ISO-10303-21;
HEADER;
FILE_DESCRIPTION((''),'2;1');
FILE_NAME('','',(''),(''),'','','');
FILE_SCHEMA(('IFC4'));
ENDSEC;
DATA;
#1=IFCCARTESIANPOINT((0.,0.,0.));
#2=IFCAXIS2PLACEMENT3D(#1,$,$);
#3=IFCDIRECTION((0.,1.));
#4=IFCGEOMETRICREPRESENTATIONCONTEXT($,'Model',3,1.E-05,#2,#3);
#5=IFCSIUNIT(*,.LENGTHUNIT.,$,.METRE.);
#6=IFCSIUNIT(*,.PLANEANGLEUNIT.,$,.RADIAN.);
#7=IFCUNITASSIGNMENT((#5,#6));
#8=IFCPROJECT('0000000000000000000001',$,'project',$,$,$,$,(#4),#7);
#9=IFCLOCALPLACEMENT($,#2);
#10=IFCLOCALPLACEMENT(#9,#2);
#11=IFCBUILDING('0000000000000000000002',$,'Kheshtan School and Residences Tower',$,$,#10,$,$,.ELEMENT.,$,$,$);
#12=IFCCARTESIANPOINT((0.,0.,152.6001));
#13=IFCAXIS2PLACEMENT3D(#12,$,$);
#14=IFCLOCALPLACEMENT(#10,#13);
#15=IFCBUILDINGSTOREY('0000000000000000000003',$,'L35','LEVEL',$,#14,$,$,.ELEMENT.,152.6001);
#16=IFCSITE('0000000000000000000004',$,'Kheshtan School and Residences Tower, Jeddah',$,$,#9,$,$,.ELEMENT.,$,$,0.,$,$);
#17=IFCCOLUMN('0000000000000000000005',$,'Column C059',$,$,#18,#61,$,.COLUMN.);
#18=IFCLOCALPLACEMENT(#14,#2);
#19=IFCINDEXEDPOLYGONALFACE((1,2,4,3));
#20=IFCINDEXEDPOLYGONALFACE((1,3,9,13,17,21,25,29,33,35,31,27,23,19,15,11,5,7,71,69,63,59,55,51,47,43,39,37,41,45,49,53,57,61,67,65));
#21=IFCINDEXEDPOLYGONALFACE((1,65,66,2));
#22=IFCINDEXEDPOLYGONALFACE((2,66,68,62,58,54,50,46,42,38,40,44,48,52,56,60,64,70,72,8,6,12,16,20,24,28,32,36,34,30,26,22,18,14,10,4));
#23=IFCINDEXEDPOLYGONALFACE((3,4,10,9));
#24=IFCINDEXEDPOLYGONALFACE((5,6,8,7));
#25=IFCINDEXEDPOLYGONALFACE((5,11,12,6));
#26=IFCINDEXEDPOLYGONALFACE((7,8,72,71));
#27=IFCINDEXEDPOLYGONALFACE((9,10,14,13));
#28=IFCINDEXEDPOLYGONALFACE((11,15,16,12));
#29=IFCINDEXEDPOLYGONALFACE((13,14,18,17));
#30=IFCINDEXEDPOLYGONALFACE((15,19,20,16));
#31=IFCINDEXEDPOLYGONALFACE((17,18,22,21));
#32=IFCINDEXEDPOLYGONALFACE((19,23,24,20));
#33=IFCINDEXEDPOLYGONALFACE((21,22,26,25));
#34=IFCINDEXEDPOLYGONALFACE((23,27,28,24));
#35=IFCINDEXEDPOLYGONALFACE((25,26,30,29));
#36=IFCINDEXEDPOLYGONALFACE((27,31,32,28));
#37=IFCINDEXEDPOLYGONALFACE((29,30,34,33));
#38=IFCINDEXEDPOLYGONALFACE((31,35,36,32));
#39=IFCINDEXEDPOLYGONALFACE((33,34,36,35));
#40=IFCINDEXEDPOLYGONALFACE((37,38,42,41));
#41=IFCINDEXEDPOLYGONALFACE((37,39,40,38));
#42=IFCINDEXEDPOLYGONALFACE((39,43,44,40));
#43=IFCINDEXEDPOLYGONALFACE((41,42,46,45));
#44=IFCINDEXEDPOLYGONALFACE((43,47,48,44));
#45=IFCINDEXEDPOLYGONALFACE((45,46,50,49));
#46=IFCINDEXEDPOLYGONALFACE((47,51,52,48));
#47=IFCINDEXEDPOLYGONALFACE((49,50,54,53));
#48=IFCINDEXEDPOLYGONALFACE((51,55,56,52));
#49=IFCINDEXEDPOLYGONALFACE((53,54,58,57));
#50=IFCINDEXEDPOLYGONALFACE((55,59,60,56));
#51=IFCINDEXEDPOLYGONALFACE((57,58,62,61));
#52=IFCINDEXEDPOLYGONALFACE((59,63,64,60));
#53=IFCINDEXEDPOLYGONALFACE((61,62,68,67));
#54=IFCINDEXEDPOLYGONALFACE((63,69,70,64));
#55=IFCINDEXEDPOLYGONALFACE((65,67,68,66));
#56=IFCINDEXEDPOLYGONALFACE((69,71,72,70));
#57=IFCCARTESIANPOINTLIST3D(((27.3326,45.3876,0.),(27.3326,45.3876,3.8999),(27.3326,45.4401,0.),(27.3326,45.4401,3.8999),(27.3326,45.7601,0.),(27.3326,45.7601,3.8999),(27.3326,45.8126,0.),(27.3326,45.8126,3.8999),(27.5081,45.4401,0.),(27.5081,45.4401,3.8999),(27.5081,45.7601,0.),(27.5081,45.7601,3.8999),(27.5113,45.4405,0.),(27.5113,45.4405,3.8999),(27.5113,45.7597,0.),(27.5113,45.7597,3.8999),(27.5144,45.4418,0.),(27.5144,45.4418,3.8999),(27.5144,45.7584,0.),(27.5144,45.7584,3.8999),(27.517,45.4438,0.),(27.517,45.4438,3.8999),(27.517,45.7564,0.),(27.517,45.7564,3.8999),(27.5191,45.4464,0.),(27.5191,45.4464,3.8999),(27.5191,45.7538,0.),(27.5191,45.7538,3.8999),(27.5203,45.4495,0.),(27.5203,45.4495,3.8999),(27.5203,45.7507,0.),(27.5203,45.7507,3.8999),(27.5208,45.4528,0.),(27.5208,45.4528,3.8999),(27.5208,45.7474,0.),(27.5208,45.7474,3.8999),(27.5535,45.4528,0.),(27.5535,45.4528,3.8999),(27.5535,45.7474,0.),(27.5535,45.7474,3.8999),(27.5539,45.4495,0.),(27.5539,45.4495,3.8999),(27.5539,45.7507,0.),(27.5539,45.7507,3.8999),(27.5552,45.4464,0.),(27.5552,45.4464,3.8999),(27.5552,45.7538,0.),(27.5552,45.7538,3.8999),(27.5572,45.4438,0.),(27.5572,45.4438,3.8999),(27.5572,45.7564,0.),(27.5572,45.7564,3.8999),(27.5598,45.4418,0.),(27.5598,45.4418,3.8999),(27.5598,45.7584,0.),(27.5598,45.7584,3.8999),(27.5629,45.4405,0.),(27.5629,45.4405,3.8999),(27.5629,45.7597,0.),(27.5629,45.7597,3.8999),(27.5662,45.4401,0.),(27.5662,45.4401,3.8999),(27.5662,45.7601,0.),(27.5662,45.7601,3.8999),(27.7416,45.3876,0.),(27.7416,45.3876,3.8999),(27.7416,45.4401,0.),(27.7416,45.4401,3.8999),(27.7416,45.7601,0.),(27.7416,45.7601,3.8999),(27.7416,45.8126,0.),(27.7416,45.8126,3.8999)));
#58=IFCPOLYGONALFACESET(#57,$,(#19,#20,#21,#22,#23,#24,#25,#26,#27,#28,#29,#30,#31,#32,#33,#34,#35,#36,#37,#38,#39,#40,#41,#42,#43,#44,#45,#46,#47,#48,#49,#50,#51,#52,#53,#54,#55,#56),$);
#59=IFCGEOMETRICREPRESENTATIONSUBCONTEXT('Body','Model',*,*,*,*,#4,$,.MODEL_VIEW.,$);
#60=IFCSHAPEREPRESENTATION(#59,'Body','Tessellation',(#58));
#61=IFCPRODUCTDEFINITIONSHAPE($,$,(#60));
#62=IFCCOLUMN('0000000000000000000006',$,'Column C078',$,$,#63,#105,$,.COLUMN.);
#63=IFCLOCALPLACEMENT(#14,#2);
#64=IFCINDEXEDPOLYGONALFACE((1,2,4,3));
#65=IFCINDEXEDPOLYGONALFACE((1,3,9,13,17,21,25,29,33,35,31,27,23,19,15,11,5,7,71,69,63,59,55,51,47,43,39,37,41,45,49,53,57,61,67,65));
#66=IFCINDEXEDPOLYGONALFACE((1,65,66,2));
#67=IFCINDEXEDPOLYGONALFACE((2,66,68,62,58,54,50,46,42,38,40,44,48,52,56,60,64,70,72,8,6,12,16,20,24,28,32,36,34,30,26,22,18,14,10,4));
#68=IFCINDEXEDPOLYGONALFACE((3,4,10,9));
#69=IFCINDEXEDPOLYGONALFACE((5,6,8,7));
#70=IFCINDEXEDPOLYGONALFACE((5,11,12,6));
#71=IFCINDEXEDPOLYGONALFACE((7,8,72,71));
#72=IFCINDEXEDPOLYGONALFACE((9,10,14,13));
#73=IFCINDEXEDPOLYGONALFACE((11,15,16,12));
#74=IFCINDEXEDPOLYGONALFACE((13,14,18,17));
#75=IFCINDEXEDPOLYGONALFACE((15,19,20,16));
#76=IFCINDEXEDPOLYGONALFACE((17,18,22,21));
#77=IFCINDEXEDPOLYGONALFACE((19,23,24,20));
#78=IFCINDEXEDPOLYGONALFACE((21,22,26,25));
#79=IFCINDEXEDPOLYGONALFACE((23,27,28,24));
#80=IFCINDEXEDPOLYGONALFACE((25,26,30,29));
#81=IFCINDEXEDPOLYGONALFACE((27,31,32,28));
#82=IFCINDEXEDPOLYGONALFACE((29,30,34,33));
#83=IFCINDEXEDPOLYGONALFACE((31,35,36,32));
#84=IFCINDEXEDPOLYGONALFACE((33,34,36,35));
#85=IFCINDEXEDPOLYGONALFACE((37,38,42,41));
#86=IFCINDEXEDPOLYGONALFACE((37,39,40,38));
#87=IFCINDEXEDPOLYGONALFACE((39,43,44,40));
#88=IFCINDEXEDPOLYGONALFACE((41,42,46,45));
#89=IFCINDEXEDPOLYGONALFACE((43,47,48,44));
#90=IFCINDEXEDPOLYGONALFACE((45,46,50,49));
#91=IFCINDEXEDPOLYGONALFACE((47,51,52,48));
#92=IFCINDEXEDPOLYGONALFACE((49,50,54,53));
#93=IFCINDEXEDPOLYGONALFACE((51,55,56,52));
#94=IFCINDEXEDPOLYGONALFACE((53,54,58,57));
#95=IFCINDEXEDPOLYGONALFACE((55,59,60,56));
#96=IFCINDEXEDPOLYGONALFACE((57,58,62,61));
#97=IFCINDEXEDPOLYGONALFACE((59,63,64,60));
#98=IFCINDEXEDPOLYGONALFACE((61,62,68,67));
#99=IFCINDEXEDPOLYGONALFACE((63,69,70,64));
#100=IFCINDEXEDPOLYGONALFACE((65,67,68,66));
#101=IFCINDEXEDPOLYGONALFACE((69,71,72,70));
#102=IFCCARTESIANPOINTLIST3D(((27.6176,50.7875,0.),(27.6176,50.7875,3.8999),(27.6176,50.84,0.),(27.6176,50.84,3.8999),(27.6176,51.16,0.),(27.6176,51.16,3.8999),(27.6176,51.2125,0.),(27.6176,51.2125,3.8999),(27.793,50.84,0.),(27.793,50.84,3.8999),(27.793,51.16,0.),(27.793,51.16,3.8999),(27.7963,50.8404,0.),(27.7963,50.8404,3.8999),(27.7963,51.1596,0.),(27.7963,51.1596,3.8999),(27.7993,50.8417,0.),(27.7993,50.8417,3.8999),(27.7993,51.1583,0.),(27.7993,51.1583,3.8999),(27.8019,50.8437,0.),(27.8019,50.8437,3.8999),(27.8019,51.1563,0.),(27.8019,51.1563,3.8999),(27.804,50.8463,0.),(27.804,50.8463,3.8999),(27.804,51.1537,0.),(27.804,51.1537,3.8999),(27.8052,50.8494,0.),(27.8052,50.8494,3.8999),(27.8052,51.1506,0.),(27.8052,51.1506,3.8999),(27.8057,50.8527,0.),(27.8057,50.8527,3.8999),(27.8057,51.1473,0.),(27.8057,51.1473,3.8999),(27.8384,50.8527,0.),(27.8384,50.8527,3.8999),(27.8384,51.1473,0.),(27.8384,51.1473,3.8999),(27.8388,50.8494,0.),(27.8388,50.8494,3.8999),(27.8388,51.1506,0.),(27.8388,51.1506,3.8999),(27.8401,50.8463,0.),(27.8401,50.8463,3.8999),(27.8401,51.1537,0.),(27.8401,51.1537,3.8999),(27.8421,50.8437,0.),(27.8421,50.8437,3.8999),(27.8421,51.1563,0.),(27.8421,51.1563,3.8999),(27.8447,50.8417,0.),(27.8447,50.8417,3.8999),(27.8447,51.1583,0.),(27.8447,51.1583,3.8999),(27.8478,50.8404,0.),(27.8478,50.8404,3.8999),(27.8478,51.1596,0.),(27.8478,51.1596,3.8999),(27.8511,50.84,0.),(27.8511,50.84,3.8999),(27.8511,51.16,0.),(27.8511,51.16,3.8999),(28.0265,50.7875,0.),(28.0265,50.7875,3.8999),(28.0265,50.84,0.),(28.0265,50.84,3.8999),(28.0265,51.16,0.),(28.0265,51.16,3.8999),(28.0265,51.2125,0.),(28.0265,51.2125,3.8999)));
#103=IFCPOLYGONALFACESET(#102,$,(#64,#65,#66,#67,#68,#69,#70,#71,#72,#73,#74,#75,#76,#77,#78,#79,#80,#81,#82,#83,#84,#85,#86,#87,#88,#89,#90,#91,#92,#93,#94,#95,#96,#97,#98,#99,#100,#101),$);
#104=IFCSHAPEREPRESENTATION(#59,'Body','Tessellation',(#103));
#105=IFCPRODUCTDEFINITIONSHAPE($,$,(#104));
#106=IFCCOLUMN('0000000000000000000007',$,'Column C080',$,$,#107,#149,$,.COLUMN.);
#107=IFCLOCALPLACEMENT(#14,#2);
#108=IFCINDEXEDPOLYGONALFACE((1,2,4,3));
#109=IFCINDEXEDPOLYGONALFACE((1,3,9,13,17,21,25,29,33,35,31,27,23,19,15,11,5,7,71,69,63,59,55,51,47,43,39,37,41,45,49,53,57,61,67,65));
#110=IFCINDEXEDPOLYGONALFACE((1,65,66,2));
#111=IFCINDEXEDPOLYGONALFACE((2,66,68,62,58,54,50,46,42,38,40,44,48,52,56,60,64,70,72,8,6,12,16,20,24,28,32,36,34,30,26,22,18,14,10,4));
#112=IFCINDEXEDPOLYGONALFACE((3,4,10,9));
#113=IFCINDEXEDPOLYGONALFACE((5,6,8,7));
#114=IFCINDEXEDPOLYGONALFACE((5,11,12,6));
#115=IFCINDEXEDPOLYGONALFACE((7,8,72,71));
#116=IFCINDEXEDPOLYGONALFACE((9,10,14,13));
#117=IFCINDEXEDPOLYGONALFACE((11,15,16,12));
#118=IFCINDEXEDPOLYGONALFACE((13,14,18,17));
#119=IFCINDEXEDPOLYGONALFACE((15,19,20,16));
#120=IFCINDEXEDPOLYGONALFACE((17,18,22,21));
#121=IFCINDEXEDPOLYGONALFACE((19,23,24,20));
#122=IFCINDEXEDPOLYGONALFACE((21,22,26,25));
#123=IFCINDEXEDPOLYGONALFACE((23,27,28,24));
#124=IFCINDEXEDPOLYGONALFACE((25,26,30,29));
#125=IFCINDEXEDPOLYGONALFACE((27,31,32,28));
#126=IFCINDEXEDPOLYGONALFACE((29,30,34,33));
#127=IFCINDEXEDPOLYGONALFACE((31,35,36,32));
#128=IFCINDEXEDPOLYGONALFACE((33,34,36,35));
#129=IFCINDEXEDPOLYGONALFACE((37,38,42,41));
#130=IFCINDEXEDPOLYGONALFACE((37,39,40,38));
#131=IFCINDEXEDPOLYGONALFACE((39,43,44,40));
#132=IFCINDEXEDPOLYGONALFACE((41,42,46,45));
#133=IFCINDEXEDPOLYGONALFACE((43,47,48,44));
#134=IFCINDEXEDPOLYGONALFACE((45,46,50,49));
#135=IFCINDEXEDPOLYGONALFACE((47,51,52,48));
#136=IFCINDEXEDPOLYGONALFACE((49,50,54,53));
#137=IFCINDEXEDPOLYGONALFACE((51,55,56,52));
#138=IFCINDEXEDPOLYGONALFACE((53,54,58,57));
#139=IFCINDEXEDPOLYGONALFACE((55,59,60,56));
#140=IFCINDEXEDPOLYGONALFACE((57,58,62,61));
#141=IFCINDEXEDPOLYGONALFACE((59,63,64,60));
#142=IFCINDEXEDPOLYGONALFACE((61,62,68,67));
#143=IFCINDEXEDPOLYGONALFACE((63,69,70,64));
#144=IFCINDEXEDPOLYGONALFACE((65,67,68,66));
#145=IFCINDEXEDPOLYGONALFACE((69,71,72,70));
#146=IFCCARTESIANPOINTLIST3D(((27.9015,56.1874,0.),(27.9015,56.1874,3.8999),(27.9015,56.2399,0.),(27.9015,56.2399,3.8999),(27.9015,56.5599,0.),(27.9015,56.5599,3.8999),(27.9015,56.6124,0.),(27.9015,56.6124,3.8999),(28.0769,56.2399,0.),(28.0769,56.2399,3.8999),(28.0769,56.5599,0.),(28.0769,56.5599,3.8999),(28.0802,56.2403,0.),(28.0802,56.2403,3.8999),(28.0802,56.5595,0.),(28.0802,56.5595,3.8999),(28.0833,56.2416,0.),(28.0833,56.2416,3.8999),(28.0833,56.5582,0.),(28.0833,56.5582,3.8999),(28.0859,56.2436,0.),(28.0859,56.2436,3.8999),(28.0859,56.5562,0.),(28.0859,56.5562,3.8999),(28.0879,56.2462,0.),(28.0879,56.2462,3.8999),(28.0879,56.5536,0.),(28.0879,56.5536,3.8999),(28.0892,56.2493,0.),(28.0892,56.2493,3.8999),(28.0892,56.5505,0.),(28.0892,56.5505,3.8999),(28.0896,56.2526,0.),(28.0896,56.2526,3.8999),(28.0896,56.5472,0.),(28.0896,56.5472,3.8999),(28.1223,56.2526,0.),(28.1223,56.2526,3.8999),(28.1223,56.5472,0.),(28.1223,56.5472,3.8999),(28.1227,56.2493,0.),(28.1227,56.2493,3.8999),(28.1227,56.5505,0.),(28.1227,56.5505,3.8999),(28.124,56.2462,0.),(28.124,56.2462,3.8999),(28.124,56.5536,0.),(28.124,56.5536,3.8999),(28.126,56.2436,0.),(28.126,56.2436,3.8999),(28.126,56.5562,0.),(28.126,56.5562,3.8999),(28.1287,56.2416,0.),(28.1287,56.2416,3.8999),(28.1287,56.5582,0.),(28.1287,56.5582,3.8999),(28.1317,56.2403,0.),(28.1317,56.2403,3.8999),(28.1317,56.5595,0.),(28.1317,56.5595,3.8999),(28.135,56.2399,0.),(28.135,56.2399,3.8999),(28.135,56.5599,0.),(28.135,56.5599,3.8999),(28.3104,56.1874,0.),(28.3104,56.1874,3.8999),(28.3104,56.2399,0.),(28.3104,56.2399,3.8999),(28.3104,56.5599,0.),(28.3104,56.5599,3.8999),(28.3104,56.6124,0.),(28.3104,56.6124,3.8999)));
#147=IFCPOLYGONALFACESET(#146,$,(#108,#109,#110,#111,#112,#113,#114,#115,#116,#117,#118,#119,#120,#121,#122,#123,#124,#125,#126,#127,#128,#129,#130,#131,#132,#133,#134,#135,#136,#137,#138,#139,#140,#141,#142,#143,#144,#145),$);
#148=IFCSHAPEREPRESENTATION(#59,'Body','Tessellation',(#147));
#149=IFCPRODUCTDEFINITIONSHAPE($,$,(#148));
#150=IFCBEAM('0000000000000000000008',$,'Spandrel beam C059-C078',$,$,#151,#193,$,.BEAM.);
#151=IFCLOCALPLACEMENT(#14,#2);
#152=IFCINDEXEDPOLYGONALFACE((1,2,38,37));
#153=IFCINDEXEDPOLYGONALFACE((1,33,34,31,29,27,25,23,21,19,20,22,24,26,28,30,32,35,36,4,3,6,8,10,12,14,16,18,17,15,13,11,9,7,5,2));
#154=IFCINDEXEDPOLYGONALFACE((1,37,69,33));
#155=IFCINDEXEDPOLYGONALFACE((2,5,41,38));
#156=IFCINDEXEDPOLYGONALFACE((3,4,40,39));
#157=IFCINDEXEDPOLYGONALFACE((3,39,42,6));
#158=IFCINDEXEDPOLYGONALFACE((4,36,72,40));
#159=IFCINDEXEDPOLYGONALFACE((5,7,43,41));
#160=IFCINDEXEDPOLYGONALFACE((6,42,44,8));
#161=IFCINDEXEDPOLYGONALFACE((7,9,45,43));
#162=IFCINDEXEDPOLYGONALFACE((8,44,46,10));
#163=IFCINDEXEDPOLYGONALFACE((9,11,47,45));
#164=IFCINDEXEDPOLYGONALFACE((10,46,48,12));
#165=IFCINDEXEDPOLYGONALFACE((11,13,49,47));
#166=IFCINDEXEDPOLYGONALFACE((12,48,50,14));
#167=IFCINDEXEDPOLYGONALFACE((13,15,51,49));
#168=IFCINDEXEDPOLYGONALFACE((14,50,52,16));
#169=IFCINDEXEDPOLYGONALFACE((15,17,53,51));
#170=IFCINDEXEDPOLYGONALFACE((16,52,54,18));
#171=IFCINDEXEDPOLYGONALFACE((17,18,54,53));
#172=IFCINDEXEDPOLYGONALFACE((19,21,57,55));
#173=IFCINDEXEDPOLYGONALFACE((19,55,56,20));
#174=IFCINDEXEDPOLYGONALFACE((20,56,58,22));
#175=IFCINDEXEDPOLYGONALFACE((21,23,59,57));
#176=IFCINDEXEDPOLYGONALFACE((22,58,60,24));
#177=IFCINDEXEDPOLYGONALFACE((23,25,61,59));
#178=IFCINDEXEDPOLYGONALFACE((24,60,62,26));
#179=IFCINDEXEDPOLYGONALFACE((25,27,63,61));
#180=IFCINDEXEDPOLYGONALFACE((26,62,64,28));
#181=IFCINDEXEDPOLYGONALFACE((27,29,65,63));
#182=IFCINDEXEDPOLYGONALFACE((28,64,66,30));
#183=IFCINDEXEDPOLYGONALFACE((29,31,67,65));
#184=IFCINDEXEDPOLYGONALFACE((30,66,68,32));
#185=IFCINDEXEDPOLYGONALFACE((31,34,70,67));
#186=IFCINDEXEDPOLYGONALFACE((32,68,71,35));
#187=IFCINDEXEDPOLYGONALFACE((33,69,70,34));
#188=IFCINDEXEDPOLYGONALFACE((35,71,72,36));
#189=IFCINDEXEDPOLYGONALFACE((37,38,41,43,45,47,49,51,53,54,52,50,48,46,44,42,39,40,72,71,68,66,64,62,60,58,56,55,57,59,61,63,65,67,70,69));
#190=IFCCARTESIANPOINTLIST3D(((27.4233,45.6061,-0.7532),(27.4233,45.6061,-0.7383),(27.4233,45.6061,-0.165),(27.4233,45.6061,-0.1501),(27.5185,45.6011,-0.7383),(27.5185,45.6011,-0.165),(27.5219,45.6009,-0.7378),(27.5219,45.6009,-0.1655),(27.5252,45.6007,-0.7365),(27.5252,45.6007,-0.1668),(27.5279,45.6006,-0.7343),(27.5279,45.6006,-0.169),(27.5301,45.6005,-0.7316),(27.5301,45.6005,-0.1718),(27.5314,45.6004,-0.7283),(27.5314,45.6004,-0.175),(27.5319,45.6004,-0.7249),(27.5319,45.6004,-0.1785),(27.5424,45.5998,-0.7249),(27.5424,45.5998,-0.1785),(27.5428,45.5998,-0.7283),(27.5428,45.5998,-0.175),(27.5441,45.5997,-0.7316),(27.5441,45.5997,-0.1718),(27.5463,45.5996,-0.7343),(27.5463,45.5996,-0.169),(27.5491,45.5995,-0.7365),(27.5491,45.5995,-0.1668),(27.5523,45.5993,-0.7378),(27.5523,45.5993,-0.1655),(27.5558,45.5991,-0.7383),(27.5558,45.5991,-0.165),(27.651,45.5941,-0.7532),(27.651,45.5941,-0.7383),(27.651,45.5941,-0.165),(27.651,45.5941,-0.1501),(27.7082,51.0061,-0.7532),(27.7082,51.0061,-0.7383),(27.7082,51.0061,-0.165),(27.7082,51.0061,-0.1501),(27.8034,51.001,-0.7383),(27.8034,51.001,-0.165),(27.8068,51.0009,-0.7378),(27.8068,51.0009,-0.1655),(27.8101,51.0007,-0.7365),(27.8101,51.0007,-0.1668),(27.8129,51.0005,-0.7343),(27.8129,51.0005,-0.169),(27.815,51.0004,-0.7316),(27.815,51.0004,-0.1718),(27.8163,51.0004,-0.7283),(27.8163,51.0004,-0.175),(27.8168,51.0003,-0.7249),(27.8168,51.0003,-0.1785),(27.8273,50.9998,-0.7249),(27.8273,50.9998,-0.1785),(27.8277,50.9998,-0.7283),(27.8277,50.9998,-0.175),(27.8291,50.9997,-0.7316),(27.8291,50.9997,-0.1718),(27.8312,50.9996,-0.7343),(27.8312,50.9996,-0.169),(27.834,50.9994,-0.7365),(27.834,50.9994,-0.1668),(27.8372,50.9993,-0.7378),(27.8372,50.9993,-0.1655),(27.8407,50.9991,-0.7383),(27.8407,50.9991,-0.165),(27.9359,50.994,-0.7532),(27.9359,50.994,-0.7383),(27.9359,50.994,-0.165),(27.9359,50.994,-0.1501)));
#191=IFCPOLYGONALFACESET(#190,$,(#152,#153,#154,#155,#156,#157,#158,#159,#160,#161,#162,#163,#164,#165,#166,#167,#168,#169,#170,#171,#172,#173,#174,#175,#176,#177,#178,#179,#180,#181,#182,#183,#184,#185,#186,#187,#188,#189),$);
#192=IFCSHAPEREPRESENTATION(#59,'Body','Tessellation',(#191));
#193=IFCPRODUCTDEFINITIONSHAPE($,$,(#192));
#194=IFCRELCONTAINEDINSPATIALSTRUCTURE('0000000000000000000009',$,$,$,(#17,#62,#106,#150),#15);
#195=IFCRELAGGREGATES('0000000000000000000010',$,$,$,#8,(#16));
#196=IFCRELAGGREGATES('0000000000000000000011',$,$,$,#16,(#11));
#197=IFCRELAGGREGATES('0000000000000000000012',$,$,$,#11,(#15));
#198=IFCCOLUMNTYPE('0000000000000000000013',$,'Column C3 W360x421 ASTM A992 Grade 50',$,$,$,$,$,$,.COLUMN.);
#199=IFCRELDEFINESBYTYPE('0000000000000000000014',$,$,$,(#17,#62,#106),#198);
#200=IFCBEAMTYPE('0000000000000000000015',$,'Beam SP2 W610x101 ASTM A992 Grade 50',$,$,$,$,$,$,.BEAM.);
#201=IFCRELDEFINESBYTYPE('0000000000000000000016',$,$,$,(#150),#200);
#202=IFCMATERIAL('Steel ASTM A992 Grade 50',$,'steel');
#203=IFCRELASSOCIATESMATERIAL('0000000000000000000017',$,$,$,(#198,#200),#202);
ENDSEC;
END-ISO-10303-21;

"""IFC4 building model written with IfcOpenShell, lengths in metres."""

from ifc_helpers import new_model, si_unit, direction, frame, origin, origin_2d, place, context, subcontext, project, spatial, i_section, extrude, material, material_profile, profile_set, type_object, element, save


model = new_model("IFC4")

# Units and contexts
model_context = context("Model", 3, precision=1e-05, world=origin(), true_north=direction((0.0, 1.0)))
body_context = subcontext(model_context, "Body", "Model", "MODEL_VIEW")
ifc_project = project(units=[si_unit("LENGTHUNIT", "METRE"), si_unit("PLANEANGLEUNIT", "RADIAN")], contexts=[model_context])

# Site, building, storey
site_placement = place(None, origin())
site = spatial("IfcSite", under=ifc_project, at=site_placement, Name="Kheshtan School and Residences Tower, Jeddah", CompositionType="ELEMENT", RefElevation=0.0)
building_placement = place(site_placement, origin())
building = spatial("IfcBuilding", under=site, at=building_placement, Name="Kheshtan School and Residences Tower", CompositionType="ELEMENT")
storey_placement = place(building_placement, frame((0.0, 0.0, 152.6001)))
storey = spatial("IfcBuildingStorey", under=building, at=storey_placement, Name="L35", Description="LEVEL", CompositionType="ELEMENT", Elevation=152.6001)

# Columns
ifc_material_1 = material(Name="Steel ASTM A992 Grade 50", Category="steel")
ifc_material_profile_1 = material_profile(ifc_material_1, i_section(OverallWidth=0.4089, OverallDepth=0.425, WebThickness=0.0327, FlangeThickness=0.0525, FilletRadius=0.0127, at=origin_2d()), Name="W360x421")
ifc_profile_set_1 = profile_set([ifc_material_profile_1], Name="Steel ASTM A992 Grade 50")
column_type = type_object("IfcColumnType", Name="Column C3 W360x421 ASTM A992 Grade 50", PredefinedType="COLUMN", material=ifc_profile_set_1)
for number, where, z_axis, x_axis, name in (
    (1, (27.5371, 45.6001, 0.0), (0.0, 0.0, 1.0), (1.0, 0.0, 0.0), "Column C059"),
    (2, (27.822, 51.0, 0.0), (0.0, 0.0, 1.0), (1.0, 0.0, 0.0), "Column C078"),
    (3, (28.106, 56.3999, 0.0), (0.0, 0.0, 1.0), (1.0, 0.0, 0.0), "Column C080"),
):
    element("IfcColumn", number, at=place(storey_placement, frame(where, z_axis=z_axis, x_axis=x_axis)), inside=storey, type_object=column_type, Name=name, PredefinedType="COLUMN", context=body_context, shape_type="SweptSolid", body=[
        extrude(i_section(OverallWidth=0.4089, OverallDepth=0.425, WebThickness=0.0327, FlangeThickness=0.0525, FilletRadius=0.0127, at=origin_2d()), origin(), (0.0, 0.0, 1.0), 3.8999),
    ])

# Beam
ifc_material_profile_2 = material_profile(ifc_material_1, i_section(OverallWidth=0.228, OverallDepth=0.603, WebThickness=0.0105, FlangeThickness=0.0149, FilletRadius=0.0134, at=origin_2d()), Name="W610x101")
ifc_profile_set_2 = profile_set([ifc_material_profile_2], Name="Steel ASTM A992 Grade 50")
beam_type = type_object("IfcBeamType", Name="Beam SP2 W610x101 ASTM A992 Grade 50", PredefinedType="BEAM", material=ifc_profile_set_2)
for number, where, z_axis, x_axis, name in (
    (4, (27.5371, 45.6001, -0.4517), (0.052689, 0.998611, 0.0), (-0.998611, 0.052689, 0.0), "Spandrel beam C059-C078"),
):
    element("IfcBeam", number, at=place(storey_placement, frame(where, z_axis=z_axis, x_axis=x_axis)), inside=storey, type_object=beam_type, Name=name, PredefinedType="BEAM", context=body_context, shape_type="SweptSolid", body=[
        extrude(i_section(OverallWidth=0.228, OverallDepth=0.603, WebThickness=0.0105, FlangeThickness=0.0149, FilletRadius=0.0134, at=origin_2d()), origin(), (0.0, 0.0, 1.0), 5.4075),
    ])

save(model, "model.ifc")
